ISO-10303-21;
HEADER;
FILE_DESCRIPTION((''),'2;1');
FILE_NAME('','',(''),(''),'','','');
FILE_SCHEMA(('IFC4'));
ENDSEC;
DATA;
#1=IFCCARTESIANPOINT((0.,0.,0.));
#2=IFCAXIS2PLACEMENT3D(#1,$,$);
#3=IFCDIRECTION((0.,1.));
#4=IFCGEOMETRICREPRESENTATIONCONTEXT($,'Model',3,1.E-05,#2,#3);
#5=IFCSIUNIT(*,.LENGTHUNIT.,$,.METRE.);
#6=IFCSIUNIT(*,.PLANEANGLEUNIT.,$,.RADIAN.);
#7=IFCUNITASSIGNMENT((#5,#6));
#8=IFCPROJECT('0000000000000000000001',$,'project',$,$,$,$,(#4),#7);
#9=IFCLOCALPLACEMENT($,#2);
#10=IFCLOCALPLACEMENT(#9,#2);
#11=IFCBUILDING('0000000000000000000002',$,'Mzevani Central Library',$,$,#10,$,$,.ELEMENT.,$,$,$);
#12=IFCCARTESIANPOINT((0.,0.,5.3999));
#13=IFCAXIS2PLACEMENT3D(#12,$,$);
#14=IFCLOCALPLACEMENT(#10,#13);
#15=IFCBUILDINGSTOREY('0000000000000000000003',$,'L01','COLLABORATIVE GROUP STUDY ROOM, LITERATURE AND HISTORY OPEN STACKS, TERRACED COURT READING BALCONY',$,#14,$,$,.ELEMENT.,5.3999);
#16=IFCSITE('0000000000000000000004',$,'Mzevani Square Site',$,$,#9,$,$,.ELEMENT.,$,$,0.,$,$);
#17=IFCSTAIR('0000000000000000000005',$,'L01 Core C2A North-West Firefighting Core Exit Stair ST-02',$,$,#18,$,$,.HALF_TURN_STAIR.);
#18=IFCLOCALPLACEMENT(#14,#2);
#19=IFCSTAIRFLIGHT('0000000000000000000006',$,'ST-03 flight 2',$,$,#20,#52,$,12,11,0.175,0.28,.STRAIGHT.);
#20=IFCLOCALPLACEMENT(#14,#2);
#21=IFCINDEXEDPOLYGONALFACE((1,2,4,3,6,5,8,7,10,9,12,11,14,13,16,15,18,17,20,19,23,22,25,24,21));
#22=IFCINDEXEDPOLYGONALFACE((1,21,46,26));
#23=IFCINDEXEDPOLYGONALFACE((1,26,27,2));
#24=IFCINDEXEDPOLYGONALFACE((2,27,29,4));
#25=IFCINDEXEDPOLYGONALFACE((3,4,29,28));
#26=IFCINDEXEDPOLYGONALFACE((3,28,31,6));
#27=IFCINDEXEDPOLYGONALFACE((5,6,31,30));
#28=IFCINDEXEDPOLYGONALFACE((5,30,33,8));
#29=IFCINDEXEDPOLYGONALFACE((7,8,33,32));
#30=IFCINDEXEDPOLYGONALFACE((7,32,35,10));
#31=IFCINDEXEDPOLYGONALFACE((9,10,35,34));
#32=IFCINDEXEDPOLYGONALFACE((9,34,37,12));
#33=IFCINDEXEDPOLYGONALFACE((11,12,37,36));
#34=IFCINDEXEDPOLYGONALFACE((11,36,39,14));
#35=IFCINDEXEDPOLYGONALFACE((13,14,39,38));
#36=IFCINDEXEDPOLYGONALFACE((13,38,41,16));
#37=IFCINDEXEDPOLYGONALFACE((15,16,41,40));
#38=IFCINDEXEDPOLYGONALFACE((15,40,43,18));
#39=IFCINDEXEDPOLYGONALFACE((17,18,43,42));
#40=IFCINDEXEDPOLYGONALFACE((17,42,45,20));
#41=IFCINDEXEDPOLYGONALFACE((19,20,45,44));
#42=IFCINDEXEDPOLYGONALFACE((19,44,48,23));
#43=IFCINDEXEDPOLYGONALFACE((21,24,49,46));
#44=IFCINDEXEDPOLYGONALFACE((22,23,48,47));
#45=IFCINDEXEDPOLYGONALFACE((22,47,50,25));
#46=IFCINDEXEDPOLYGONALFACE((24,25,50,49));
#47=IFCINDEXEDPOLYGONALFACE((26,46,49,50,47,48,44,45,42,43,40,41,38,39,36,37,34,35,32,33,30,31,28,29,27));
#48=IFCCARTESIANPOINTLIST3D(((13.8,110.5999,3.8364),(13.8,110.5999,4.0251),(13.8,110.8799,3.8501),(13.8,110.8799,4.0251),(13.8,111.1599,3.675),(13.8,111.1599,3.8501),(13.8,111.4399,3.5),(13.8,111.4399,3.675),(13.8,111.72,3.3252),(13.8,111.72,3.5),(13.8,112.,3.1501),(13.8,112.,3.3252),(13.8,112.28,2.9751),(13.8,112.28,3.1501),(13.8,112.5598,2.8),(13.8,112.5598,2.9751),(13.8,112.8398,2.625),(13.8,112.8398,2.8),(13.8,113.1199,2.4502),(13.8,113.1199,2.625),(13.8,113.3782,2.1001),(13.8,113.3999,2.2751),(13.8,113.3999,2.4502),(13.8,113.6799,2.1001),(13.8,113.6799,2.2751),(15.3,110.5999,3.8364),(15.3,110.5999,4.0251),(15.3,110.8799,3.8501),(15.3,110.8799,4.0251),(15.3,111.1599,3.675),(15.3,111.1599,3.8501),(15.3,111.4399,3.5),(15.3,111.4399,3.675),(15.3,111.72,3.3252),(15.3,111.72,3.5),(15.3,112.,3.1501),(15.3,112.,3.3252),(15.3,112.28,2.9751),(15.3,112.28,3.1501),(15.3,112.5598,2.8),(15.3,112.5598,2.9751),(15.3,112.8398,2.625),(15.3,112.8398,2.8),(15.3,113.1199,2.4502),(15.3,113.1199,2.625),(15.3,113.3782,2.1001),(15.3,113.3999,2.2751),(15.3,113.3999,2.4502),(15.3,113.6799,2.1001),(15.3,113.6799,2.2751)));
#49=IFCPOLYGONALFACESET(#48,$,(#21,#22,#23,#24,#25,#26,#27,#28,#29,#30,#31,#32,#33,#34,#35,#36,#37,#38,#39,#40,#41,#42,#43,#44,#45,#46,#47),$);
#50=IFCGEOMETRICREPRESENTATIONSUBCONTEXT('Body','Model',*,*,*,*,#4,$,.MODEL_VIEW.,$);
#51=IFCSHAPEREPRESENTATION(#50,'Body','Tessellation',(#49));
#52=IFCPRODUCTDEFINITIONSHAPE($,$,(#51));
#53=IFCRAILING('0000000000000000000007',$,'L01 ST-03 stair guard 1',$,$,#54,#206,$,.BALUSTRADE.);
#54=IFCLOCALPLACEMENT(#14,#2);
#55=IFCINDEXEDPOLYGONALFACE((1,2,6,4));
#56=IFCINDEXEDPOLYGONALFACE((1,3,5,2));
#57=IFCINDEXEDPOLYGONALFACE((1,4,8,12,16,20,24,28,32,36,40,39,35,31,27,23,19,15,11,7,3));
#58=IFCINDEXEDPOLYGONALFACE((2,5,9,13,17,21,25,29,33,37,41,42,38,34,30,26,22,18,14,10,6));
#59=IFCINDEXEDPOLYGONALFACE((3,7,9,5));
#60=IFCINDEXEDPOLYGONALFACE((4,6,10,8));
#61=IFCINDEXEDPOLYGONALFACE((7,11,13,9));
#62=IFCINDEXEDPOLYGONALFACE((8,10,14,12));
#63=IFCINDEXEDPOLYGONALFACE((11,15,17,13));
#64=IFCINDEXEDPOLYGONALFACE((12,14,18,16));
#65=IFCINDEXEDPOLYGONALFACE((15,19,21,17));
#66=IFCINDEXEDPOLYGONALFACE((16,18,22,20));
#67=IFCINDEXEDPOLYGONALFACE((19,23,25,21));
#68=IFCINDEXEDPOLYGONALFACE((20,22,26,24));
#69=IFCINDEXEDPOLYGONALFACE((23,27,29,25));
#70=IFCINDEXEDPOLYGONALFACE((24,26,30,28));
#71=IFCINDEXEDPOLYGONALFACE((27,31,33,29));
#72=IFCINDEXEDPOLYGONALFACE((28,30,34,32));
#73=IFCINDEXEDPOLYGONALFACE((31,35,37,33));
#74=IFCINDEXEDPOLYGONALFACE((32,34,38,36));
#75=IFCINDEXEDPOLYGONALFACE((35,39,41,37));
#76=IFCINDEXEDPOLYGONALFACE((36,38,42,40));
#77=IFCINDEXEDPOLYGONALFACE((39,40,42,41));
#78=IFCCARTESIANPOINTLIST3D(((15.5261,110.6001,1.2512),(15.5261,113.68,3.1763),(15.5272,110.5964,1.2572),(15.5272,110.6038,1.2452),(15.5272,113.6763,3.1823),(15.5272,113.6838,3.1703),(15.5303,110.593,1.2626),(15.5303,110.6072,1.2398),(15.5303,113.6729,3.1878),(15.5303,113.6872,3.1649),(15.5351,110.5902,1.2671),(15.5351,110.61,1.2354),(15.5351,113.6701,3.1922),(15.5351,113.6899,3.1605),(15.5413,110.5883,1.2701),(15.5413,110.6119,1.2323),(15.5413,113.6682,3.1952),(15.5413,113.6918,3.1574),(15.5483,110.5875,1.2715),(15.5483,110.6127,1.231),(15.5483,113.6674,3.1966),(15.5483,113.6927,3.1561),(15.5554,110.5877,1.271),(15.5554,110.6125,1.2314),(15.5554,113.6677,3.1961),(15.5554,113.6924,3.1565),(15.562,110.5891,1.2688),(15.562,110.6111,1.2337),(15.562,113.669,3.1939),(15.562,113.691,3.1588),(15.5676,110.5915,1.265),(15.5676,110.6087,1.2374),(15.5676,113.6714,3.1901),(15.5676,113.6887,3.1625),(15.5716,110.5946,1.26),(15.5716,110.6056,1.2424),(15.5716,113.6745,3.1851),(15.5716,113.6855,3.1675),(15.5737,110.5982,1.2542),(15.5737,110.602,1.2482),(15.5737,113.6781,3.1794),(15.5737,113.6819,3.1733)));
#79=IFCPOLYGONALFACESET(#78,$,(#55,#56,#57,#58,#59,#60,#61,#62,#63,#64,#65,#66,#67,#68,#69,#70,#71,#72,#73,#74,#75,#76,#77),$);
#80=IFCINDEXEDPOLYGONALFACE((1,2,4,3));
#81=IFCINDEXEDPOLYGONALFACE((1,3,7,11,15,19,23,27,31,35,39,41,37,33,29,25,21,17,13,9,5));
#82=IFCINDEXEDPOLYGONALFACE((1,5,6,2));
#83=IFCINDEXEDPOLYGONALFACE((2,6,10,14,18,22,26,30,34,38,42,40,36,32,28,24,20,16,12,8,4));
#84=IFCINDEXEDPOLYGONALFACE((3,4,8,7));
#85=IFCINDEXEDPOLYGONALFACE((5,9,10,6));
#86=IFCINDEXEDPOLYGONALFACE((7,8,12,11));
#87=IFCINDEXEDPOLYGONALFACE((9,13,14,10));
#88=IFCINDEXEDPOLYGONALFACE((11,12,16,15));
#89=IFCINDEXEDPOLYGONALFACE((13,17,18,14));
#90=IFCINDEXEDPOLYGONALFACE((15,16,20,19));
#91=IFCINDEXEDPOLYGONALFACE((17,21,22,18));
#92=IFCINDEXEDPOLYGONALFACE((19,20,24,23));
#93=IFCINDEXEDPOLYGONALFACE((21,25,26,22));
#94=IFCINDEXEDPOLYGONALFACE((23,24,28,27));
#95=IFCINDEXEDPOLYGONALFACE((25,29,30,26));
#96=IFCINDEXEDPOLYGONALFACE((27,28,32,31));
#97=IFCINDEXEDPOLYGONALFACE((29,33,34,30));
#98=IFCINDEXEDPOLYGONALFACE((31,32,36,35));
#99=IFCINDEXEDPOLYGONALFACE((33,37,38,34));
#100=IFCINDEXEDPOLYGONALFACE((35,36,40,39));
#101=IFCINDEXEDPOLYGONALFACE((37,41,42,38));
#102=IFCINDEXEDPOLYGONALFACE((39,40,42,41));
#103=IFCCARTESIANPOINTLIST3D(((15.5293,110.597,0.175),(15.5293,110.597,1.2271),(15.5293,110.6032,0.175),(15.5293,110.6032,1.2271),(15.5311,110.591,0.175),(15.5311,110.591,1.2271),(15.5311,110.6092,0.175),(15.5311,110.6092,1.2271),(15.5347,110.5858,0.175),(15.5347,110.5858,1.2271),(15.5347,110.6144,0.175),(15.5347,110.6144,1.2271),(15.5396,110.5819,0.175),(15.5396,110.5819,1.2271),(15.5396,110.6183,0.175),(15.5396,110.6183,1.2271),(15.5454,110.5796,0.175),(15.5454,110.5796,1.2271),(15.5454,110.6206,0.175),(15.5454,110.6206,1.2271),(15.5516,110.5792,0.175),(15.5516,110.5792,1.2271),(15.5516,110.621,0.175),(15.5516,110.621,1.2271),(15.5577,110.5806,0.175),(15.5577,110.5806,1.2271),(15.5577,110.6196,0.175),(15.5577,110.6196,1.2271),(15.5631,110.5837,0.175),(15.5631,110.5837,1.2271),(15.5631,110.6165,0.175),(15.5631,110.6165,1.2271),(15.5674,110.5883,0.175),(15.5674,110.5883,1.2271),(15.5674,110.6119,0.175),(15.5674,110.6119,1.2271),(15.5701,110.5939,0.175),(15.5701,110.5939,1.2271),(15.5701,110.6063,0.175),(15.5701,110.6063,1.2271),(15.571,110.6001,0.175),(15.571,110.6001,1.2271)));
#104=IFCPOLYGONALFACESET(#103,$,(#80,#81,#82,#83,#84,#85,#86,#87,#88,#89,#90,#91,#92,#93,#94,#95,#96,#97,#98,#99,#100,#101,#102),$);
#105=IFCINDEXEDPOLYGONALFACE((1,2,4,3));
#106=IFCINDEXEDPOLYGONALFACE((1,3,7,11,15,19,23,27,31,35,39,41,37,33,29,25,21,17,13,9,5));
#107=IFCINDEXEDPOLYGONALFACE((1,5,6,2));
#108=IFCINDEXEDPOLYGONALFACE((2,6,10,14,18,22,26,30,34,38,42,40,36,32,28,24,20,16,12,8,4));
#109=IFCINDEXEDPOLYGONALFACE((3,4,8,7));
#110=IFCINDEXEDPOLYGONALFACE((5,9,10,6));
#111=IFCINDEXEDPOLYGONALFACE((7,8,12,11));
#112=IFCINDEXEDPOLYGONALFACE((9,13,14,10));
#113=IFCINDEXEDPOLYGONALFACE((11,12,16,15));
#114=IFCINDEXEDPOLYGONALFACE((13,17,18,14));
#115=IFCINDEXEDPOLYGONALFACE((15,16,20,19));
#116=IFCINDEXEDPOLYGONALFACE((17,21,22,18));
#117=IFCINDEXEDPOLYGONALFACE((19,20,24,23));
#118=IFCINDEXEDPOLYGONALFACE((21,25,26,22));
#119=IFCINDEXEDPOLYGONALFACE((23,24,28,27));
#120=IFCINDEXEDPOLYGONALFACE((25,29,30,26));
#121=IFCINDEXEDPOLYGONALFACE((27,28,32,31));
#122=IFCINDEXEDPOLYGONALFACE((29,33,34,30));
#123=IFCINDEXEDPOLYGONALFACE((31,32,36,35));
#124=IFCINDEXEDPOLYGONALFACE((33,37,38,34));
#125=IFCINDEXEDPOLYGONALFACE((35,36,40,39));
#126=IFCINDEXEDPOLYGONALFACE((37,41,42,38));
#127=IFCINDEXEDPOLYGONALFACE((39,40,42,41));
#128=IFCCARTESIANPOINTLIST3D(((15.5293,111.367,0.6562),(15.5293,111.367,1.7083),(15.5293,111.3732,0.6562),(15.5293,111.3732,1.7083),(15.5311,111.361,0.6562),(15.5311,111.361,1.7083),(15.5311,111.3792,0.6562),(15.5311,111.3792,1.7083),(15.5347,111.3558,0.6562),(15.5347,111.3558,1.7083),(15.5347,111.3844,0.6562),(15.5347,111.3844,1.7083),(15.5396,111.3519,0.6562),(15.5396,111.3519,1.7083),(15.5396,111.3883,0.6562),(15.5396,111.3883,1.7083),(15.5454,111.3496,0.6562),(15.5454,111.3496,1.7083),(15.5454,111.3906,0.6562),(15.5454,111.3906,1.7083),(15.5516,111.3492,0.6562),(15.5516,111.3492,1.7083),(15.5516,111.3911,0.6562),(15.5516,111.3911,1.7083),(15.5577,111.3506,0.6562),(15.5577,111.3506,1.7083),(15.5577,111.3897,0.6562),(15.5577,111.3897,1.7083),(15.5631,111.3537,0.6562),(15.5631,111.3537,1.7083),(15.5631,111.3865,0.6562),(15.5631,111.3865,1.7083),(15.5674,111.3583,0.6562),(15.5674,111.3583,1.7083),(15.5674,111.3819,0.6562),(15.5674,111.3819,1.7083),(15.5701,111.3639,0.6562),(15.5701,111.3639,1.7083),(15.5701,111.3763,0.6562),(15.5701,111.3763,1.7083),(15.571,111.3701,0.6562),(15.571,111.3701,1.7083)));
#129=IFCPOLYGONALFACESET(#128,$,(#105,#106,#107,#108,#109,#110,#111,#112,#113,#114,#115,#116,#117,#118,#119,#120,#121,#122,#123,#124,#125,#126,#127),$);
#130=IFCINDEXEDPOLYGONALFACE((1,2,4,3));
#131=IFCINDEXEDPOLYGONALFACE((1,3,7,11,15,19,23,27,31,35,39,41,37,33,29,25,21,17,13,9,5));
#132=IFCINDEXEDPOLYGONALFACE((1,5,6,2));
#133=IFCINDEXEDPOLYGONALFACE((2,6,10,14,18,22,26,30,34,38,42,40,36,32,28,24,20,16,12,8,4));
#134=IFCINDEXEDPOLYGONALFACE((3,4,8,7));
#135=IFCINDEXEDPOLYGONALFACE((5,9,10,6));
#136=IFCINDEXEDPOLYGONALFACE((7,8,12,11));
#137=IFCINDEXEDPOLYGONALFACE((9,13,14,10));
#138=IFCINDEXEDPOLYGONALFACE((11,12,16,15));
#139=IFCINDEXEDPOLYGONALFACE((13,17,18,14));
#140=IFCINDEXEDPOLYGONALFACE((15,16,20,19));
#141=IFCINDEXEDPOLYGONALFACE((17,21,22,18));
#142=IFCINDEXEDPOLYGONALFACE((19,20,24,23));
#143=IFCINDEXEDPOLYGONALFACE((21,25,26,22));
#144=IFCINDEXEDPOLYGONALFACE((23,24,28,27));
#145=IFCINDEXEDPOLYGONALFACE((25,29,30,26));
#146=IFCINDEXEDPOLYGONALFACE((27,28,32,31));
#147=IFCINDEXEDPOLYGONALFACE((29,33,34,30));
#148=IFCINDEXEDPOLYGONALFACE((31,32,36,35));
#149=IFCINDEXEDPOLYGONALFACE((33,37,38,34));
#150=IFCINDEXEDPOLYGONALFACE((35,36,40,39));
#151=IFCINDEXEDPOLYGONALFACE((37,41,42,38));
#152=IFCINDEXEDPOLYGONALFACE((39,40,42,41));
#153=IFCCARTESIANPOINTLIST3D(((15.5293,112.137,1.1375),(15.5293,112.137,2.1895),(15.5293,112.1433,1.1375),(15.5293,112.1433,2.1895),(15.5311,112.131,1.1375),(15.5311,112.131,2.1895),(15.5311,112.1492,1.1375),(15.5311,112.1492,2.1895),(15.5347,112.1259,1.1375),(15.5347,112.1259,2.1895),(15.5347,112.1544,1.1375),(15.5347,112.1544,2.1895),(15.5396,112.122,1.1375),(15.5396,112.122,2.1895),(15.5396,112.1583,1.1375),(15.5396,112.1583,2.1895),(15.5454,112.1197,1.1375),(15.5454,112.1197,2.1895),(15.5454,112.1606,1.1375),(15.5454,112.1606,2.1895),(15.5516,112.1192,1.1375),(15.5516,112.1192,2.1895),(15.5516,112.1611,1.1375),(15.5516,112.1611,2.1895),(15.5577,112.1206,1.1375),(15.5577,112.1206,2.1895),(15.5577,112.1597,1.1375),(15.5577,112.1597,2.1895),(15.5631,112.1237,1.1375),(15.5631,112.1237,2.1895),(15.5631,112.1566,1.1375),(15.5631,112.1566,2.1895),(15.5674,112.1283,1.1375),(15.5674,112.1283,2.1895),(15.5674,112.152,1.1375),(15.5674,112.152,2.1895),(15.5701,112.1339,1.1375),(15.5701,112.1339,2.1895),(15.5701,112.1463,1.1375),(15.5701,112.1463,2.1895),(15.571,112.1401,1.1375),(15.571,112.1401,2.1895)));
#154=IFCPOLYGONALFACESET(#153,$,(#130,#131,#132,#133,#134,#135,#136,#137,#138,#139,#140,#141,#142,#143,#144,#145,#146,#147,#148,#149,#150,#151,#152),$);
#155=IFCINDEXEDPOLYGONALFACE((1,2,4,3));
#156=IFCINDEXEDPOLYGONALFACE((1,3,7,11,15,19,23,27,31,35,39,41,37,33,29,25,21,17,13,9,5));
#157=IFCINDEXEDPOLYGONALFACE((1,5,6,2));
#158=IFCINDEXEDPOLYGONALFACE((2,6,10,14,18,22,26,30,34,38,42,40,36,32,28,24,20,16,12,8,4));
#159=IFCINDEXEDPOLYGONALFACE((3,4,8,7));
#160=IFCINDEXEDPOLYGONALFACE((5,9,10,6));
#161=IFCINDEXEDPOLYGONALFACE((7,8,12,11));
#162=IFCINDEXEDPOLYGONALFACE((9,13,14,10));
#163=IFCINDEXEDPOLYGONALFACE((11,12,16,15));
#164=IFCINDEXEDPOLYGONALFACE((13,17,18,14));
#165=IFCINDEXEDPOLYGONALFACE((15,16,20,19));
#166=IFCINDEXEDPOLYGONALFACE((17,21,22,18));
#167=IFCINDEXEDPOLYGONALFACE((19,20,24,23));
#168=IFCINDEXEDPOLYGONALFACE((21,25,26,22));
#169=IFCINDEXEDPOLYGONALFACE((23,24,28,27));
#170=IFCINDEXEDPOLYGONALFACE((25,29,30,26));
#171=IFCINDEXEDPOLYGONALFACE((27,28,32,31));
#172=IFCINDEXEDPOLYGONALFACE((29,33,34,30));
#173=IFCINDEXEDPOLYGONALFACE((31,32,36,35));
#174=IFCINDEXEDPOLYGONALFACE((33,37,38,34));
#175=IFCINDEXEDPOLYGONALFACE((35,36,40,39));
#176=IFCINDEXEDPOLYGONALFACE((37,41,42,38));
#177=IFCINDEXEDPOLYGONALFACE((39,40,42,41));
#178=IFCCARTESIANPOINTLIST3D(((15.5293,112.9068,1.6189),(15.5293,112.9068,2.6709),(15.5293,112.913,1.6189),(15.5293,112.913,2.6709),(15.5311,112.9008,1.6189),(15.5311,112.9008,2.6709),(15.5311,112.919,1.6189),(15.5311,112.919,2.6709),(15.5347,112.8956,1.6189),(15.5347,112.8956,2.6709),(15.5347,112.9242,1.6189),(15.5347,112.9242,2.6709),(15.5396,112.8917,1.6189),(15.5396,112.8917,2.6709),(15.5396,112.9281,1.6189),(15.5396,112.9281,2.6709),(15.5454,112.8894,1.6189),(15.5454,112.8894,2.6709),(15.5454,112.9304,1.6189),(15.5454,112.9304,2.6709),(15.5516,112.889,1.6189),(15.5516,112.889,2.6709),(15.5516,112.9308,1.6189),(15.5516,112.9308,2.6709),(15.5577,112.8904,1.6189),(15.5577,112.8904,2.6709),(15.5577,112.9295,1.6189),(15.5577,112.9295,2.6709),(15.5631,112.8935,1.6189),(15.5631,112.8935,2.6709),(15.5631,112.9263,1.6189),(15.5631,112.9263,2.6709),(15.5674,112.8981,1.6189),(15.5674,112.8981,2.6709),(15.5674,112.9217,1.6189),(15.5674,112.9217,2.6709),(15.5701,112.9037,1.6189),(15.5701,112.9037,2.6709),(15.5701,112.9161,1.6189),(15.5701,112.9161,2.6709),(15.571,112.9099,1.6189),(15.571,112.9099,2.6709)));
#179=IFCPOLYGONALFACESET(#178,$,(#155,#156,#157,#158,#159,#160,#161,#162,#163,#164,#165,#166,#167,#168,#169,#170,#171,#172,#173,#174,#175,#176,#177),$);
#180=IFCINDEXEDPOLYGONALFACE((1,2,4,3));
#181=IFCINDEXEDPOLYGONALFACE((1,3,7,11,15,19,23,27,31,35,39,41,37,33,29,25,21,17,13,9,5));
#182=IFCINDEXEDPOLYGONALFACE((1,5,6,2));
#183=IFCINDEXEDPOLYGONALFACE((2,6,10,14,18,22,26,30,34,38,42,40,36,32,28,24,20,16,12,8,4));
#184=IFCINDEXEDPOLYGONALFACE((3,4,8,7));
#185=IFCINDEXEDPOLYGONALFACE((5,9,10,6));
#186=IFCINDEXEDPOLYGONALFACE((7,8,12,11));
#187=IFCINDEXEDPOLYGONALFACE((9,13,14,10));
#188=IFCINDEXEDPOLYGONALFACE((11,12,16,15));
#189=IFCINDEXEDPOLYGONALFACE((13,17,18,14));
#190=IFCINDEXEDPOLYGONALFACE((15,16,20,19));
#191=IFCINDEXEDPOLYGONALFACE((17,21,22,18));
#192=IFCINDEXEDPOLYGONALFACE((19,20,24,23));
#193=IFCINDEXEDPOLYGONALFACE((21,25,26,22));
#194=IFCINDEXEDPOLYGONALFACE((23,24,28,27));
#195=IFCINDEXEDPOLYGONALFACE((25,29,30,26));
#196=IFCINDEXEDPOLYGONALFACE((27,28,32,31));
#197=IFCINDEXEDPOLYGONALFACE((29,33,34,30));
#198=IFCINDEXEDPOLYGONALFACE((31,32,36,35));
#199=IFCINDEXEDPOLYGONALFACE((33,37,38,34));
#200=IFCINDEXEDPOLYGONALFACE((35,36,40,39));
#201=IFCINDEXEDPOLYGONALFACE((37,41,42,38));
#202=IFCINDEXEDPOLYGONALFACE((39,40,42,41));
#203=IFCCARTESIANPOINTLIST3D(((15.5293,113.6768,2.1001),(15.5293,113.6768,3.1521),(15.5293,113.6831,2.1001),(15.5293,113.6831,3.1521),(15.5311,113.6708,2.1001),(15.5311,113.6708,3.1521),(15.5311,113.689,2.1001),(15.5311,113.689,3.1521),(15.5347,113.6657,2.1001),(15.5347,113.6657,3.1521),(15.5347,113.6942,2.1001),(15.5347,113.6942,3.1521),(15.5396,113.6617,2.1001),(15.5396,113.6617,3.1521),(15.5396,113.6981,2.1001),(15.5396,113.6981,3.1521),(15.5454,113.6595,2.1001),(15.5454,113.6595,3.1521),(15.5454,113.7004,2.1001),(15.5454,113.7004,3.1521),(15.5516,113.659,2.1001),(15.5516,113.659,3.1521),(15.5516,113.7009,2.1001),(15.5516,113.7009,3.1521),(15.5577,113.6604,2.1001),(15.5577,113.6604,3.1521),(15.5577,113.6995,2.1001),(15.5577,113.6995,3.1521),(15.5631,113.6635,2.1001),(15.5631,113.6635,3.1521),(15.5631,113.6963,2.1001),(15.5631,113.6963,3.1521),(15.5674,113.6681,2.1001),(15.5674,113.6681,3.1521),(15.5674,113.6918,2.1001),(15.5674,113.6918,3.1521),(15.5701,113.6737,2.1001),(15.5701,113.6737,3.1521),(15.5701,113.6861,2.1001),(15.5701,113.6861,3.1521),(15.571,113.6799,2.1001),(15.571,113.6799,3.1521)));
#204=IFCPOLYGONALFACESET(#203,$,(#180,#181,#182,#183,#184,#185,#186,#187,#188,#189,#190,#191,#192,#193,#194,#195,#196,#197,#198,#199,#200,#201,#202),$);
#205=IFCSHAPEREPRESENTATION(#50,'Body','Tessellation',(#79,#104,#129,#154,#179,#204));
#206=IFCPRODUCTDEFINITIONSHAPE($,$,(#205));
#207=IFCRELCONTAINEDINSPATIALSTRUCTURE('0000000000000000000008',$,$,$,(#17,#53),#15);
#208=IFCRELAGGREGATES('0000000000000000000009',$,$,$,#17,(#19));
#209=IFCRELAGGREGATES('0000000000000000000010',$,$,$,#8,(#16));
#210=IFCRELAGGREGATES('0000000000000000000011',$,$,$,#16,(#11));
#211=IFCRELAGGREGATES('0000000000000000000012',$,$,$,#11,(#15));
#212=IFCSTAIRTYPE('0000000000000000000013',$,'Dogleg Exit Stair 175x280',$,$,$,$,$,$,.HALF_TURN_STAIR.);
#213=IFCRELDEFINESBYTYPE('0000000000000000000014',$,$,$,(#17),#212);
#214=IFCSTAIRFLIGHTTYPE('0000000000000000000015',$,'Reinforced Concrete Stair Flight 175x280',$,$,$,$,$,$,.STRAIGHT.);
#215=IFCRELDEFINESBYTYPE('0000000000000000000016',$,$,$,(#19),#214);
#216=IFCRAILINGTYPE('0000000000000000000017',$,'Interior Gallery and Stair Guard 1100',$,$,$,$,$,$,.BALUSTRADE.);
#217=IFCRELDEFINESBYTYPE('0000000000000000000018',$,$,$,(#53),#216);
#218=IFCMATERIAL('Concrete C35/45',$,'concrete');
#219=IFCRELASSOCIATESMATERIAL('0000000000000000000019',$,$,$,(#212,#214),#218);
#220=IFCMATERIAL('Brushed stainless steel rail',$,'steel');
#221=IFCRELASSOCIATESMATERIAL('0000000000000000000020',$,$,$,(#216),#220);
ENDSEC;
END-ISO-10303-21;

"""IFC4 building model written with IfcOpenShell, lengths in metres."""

from ifc_helpers import new_model, si_unit, direction, frame, origin, origin_2d, place, context, subcontext, project, spatial, polyline, circle, outline, extrude, material, type_object, element, aggregate, save


model = new_model("IFC4")

# Units and contexts
model_context = context("Model", 3, precision=1e-05, world=origin(), true_north=direction((0.0, 1.0)))
body_context = subcontext(model_context, "Body", "Model", "MODEL_VIEW")
ifc_project = project(units=[si_unit("LENGTHUNIT", "METRE"), si_unit("PLANEANGLEUNIT", "RADIAN")], contexts=[model_context])

# Site, building, storey
site_placement = place(None, origin())
site = spatial("IfcSite", under=ifc_project, at=site_placement, Name="Mzevani Square Site", CompositionType="ELEMENT", RefElevation=0.0)
building_placement = place(site_placement, origin())
building = spatial("IfcBuilding", under=site, at=building_placement, Name="Mzevani Central Library", CompositionType="ELEMENT")
storey_placement = place(building_placement, frame((0.0, 0.0, 5.3999)))
storey = spatial("IfcBuildingStorey", under=building, at=storey_placement, Name="L01", Description="COLLABORATIVE GROUP STUDY ROOM, LITERATURE AND HISTORY OPEN STACKS, TERRACED COURT READING BALCONY", CompositionType="ELEMENT", Elevation=5.3999)

# Shared definitions
ifc_material_1 = material(Name="Concrete C35/45", Category="concrete")

# Stair, stair flight
stair_type = type_object("IfcStairType", Name="Dogleg Exit Stair 175x280", PredefinedType="HALF_TURN_STAIR", material=ifc_material_1)
stair_placement = place(storey_placement, origin())
stair = element("IfcStair", 1, at=stair_placement, inside=storey, type_object=stair_type, Name="L01 Core C2A North-West Firefighting Core Exit Stair ST-02", PredefinedType="HALF_TURN_STAIR")
stair_flight_type = type_object("IfcStairFlightType", Name="Reinforced Concrete Stair Flight 175x280", PredefinedType="STRAIGHT", material=ifc_material_1)
stair_flight_1_placement = place(storey_placement, frame((14.55, 113.6799, 2.1001), z_axis=(0.0, 0.0, 1.0), x_axis=(0.0, -1.0, 0.0)))
stair_flight_1 = element("IfcStairFlight", 2, at=stair_flight_1_placement, type_object=stair_flight_type, Name="ST-03 flight 2", NumberOfRisers=12, NumberOfTreads=11, PredefinedType="STRAIGHT", RiserHeight=0.175, TreadLength=0.28, context=body_context, shape_type="SweptSolid", body=[
    extrude(outline(polyline([(0.0, 0.0), (0.0, 0.175), (0.28, 0.175), (0.28, 0.3501), (0.5601, 0.3501), (0.5601, 0.5249), (0.8401, 0.5249), (0.8401, 0.7), (1.1201, 0.7), (1.1201, 0.875), (1.3999, 0.875), (1.3999, 1.05), (1.6799, 1.05), (1.6799, 1.2251), (1.96, 1.2251), (1.96, 1.3999), (2.24, 1.3999), (2.24, 1.575), (2.52, 1.575), (2.52, 1.75), (2.8, 1.75), (2.8, 1.925), (3.0801, 1.925), (3.0801, 2.1001), (3.0801, 1.7363), (0.3018, 0.0), (0.0, 0.0)])), frame((0.0, 0.75, 0.0), z_axis=(0.0, -1.0, 0.0), x_axis=(1.0, 0.0, 0.0)), (0.0, 0.0, 1.0), 1.5),
])
aggregate(stair, [stair_flight_1])

# Railing
ifc_material_2 = material(Name="Brushed stainless steel rail", Category="steel")
railing_type_1 = type_object("IfcRailingType", Name="Interior Gallery and Stair Guard 1100", PredefinedType="BALUSTRADE", material=ifc_material_2)
railing_1_placement = place(storey_placement, frame((15.55, 110.6001, 0.175)))
element("IfcRailing", 3, at=railing_1_placement, inside=storey, type_object=railing_type_1, Name="L01 ST-03 stair guard 1", PredefinedType="BALUSTRADE", context=body_context, shape_type="SweptSolid", body=[
    extrude(circle(Radius=0.0239, at=origin_2d()), frame((0.0, 0.0, 1.0762), z_axis=(0.0, 0.847979, 0.530029), x_axis=(-1.0, 0.0, 0.0)), (0.0, 0.0, 1.0), 3.6321),
    extrude(circle(Radius=0.021, at=origin_2d()), origin(), (0.0, 0.0, 1.0), 1.052),
    extrude(circle(Radius=0.021, at=origin_2d()), frame((0.0, 0.77, 0.4812)), (0.0, 0.0, 1.0), 1.052),
    extrude(circle(Radius=0.021, at=origin_2d()), frame((0.0, 1.54, 0.9624)), (0.0, 0.0, 1.0), 1.052),
    extrude(circle(Radius=0.021, at=origin_2d()), frame((0.0, 2.3098, 1.4438)), (0.0, 0.0, 1.0), 1.052),
    extrude(circle(Radius=0.021, at=origin_2d()), frame((0.0, 3.0798, 1.925)), (0.0, 0.0, 1.0), 1.052),
])

save(model, "model.ifc")
